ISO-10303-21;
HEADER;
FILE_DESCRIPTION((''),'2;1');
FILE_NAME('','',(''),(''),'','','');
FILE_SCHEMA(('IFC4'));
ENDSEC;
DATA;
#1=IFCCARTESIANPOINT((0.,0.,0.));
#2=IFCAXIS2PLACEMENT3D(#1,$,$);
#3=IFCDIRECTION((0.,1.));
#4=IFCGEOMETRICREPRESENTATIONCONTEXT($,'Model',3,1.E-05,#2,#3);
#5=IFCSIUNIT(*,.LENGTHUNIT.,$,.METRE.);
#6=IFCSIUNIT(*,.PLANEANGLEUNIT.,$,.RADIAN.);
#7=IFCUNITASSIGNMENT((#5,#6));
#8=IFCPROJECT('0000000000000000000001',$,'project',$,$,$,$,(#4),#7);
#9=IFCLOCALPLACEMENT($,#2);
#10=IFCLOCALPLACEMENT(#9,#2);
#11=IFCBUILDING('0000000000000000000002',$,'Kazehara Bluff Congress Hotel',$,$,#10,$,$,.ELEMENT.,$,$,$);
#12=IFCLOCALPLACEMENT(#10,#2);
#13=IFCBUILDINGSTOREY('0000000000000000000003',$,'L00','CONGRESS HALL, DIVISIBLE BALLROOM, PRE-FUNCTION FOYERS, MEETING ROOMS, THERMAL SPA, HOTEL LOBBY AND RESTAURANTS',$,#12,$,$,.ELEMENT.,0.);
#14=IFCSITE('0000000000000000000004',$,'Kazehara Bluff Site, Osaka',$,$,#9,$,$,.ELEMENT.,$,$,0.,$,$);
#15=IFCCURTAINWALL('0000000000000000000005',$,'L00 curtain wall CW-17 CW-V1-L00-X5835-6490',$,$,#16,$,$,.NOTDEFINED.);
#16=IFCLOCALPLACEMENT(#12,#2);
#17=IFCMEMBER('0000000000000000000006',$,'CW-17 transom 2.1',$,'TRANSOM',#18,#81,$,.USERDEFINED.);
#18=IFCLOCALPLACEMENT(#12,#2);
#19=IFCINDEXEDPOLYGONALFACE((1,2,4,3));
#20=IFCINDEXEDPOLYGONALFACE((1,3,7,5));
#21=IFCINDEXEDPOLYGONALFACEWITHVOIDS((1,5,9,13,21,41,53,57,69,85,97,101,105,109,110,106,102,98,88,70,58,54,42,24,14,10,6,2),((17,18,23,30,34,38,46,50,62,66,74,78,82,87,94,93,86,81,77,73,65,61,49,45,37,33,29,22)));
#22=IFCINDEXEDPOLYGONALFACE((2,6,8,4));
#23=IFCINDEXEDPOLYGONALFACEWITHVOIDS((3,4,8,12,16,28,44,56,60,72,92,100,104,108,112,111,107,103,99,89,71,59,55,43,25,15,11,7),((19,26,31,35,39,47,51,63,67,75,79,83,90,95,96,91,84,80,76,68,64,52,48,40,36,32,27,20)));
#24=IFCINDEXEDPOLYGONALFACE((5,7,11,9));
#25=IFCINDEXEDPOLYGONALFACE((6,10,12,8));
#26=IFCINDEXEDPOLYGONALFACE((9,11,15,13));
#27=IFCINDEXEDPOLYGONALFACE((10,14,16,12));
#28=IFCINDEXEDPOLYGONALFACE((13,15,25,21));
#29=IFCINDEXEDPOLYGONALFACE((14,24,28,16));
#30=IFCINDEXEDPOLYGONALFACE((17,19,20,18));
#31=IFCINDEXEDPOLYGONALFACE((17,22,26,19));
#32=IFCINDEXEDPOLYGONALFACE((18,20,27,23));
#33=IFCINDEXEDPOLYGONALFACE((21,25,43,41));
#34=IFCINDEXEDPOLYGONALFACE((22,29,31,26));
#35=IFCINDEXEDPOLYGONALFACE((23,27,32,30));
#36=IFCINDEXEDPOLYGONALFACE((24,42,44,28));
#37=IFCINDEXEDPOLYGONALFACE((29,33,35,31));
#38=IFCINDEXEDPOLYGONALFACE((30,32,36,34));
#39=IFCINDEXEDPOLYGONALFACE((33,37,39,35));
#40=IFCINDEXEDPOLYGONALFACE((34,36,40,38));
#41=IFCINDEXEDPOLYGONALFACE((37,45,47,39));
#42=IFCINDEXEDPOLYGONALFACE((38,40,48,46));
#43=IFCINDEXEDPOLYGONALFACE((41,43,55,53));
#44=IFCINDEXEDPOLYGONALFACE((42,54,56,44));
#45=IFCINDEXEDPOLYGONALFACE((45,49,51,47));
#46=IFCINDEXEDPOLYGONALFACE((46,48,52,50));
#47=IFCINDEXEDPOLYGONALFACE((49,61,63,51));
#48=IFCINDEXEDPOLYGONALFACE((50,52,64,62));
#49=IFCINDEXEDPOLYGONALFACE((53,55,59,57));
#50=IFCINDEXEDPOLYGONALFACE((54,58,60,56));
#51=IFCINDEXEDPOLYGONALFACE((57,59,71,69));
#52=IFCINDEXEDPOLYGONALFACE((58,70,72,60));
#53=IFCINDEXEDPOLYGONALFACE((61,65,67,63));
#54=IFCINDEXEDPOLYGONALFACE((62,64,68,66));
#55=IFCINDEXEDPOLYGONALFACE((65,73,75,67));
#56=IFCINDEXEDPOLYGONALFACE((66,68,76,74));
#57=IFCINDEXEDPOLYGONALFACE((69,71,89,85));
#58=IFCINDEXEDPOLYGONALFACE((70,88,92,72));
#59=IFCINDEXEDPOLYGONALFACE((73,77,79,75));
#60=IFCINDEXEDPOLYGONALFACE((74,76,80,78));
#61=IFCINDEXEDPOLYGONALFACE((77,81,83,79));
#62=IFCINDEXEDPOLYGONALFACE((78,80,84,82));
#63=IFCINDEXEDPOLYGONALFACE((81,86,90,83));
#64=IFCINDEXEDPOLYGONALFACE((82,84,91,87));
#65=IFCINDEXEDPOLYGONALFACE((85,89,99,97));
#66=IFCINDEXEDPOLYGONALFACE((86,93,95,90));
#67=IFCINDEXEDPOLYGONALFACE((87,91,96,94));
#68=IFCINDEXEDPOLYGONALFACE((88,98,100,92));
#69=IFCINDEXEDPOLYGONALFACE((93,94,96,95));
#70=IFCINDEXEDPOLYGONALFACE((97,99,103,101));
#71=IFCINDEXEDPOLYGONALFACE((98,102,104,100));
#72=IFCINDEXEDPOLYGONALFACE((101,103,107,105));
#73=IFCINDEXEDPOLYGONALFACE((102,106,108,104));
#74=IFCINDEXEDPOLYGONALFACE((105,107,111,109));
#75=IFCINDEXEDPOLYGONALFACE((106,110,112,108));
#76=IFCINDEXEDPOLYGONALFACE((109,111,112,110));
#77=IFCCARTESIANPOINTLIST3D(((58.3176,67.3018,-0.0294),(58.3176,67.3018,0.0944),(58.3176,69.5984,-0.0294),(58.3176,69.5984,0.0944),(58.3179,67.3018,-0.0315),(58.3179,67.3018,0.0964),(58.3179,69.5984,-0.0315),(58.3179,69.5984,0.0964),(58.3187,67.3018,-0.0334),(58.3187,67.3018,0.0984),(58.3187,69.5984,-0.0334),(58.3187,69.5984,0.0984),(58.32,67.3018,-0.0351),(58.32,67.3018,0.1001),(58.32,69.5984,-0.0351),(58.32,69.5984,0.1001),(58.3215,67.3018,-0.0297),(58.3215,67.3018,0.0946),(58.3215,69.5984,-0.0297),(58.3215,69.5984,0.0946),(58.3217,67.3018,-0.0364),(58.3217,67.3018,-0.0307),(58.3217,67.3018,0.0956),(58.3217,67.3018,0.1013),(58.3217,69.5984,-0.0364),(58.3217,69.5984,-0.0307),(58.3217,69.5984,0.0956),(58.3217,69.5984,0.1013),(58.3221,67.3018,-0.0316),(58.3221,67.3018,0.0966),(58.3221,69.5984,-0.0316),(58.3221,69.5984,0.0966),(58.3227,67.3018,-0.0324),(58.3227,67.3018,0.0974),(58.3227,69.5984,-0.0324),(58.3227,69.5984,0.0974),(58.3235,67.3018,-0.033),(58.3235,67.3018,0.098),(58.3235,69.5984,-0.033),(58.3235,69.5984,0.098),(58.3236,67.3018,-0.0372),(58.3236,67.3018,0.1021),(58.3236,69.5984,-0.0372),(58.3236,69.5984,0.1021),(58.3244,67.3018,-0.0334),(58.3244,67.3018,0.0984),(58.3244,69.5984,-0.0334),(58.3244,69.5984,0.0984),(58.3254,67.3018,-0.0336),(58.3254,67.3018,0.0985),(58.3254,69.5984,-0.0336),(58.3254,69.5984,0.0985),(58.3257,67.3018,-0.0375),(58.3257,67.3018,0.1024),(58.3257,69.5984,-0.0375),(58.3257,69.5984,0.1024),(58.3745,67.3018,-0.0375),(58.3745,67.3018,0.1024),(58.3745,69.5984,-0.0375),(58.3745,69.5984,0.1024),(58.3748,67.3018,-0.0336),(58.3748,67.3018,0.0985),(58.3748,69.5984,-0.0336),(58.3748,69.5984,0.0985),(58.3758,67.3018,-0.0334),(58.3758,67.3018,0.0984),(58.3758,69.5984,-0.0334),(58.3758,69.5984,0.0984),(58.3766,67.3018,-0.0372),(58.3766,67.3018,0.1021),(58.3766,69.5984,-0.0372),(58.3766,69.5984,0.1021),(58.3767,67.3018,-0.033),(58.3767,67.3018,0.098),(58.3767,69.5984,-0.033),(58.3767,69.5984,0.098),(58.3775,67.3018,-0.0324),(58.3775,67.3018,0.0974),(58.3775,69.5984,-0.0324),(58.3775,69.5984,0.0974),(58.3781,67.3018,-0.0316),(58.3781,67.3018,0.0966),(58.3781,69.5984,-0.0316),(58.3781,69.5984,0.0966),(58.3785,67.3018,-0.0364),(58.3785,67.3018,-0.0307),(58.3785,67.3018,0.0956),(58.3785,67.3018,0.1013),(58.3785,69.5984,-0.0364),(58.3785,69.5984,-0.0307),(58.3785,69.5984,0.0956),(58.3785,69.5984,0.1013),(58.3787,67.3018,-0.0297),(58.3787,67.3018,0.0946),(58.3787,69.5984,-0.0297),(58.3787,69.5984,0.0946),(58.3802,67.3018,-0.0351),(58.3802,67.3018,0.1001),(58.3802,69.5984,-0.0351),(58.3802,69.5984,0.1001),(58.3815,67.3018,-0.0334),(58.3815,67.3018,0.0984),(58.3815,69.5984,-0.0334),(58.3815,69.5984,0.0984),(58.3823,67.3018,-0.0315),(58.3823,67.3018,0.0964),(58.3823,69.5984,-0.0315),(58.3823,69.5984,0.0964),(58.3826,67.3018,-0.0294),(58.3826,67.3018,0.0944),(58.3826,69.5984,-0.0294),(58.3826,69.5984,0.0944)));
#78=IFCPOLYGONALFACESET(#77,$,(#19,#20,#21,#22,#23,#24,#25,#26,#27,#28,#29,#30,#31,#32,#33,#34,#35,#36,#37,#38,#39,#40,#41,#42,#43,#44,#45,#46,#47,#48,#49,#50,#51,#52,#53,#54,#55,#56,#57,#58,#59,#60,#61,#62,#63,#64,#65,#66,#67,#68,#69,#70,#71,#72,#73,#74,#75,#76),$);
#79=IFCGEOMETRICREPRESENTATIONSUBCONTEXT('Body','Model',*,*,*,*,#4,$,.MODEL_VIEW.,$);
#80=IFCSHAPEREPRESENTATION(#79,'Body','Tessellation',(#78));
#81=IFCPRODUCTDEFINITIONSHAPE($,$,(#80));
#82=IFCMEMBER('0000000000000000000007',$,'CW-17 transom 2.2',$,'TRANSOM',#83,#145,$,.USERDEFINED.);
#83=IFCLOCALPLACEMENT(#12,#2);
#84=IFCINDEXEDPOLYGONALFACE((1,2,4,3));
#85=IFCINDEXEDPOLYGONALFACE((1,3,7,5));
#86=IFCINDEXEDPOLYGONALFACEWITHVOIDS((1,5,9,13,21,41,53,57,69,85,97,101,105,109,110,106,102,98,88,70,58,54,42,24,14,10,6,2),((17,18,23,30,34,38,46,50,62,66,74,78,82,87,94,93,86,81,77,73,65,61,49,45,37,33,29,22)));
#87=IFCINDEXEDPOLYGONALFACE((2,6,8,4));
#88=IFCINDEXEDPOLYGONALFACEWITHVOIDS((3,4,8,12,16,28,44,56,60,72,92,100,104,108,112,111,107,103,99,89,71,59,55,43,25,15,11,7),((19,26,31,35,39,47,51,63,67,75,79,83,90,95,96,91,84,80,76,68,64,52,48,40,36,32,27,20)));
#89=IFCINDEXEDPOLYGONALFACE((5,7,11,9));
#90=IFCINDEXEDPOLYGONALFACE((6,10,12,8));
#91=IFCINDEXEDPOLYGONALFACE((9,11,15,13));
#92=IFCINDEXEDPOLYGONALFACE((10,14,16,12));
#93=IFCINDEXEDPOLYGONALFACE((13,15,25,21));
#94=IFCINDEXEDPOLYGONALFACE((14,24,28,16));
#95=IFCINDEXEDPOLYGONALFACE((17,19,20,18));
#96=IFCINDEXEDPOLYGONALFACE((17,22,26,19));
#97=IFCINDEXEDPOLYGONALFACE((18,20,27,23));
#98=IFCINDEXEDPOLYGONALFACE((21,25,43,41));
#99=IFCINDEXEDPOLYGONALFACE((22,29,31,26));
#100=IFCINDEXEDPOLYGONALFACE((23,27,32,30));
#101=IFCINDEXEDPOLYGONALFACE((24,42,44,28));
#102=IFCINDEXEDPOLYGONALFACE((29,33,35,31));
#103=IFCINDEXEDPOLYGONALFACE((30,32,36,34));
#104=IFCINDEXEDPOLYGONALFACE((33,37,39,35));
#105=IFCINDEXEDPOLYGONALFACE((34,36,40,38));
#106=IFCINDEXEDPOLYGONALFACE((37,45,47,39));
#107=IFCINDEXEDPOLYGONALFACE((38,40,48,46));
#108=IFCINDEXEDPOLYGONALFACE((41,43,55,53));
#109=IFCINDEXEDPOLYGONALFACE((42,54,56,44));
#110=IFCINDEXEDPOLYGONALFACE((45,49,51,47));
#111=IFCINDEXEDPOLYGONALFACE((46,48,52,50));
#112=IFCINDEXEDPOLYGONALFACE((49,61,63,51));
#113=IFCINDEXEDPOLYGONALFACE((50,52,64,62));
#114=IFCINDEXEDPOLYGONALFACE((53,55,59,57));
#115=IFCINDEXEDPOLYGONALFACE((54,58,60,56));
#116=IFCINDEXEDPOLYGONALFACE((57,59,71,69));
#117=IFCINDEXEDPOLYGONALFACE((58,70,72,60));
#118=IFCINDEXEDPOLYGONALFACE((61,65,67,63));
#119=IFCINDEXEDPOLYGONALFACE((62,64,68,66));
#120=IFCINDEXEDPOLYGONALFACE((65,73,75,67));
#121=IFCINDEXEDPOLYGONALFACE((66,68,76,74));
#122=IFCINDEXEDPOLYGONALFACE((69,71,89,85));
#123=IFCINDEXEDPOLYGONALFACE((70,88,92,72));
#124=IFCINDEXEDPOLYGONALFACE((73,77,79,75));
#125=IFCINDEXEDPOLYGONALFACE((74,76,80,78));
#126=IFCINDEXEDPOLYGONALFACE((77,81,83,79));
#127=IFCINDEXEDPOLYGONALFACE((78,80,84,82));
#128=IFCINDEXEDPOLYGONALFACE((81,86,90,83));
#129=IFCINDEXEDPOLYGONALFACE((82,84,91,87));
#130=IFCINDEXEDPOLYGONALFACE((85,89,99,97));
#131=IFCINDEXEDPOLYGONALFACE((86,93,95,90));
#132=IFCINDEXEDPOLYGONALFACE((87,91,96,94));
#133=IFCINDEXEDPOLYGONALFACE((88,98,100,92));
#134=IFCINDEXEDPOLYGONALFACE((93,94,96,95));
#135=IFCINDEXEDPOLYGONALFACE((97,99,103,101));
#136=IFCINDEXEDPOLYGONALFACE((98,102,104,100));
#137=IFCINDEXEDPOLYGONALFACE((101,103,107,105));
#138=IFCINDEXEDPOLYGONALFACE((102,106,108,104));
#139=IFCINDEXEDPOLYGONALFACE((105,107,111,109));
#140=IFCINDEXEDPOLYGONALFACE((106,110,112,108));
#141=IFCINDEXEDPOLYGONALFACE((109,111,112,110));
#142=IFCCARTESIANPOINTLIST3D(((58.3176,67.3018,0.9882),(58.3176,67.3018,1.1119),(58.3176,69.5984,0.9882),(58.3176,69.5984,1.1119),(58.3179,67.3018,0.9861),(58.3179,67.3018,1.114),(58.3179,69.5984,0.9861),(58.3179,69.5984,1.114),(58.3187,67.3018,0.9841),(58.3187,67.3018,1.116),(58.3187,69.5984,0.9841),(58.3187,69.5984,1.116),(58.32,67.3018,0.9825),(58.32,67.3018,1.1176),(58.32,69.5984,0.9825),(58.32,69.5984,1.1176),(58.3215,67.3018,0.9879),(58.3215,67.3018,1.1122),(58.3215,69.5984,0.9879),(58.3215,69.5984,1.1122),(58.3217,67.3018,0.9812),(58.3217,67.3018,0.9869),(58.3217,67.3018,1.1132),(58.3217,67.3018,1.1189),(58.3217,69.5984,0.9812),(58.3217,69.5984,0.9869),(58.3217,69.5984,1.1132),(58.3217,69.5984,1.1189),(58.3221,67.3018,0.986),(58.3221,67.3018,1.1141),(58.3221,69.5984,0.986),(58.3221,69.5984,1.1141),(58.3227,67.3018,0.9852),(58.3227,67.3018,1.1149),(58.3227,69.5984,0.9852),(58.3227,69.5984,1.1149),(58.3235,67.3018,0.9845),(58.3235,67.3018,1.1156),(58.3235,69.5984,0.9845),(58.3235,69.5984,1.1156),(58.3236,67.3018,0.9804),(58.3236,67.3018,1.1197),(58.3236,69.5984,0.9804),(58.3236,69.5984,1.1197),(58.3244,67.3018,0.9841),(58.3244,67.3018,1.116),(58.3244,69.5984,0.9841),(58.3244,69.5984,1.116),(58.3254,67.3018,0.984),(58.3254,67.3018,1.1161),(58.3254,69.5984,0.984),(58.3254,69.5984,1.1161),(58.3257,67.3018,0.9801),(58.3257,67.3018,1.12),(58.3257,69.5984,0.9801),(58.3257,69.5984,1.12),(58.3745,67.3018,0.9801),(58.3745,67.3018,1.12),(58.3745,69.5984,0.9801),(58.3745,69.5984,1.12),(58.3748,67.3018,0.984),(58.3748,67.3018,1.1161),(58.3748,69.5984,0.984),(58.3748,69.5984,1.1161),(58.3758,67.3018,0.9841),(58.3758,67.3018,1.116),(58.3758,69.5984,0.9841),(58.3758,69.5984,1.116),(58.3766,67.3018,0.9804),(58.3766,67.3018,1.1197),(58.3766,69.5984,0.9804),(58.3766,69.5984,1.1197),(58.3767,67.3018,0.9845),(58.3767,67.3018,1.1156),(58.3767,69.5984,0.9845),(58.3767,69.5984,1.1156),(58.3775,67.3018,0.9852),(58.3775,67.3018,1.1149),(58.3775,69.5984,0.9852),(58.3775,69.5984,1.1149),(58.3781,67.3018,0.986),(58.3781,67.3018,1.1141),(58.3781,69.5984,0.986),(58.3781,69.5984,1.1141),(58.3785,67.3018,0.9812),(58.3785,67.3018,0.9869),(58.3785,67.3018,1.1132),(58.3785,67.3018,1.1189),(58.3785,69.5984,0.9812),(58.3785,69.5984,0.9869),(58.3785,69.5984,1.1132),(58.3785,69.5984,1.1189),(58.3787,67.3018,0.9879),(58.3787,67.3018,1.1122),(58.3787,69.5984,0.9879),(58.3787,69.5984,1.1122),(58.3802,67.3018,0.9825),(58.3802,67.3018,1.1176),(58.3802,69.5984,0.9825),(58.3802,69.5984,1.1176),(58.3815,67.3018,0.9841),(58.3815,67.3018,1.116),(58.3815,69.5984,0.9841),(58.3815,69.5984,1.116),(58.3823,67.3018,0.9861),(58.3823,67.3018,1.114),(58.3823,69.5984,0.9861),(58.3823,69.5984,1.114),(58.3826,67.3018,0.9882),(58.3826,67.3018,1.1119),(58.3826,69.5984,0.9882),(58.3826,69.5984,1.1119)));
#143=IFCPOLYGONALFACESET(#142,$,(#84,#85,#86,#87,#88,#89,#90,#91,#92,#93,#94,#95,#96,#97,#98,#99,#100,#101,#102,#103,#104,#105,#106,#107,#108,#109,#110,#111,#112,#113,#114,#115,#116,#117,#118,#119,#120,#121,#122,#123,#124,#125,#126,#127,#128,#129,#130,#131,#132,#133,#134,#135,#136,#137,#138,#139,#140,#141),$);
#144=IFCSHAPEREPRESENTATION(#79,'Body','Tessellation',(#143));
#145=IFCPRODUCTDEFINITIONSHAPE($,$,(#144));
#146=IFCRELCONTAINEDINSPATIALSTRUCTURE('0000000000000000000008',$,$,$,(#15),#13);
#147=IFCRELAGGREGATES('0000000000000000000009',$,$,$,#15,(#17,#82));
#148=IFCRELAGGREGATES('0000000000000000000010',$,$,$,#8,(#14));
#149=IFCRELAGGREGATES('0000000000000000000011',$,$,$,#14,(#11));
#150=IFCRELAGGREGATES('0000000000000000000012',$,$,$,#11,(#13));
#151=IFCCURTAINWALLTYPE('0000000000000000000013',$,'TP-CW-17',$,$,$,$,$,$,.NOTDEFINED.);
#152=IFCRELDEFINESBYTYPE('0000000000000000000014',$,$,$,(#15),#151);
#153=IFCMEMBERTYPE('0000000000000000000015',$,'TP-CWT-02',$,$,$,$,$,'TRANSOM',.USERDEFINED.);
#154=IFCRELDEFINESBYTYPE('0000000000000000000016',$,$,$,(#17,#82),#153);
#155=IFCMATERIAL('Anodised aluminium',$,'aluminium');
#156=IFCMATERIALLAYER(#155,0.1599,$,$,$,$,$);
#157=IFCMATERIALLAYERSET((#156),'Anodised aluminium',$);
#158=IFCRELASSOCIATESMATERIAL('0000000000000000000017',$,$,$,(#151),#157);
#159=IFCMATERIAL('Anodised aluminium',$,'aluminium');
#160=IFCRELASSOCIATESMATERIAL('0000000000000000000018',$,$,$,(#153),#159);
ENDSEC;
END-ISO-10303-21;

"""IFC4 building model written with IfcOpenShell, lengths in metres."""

from ifc_helpers import new_model, si_unit, direction, frame, origin, origin_2d, place, context, subcontext, project, spatial, hollow_rectangle, extrude, material, layer, layer_set, material_profile, profile_set, type_object, element, aggregate, save


model = new_model("IFC4")

# Units and contexts
model_context = context("Model", 3, precision=1e-05, world=origin(), true_north=direction((0.0, 1.0)))
body_context = subcontext(model_context, "Body", "Model", "MODEL_VIEW")
ifc_project = project(units=[si_unit("LENGTHUNIT", "METRE"), si_unit("PLANEANGLEUNIT", "RADIAN")], contexts=[model_context])

# Site, building, storey
site_placement = place(None, origin())
site = spatial("IfcSite", under=ifc_project, at=site_placement, Name="Kazehara Bluff Site, Osaka", CompositionType="ELEMENT", RefElevation=0.0)
building_placement = place(site_placement, origin())
building = spatial("IfcBuilding", under=site, at=building_placement, Name="Kazehara Bluff Congress Hotel", CompositionType="ELEMENT")
storey_placement = place(building_placement, origin())
storey = spatial("IfcBuildingStorey", under=building, at=storey_placement, Name="L00", Description="CONGRESS HALL, DIVISIBLE BALLROOM, PRE-FUNCTION FOYERS, MEETING ROOMS, THERMAL SPA, HOTEL LOBBY AND RESTAURANTS", CompositionType="ELEMENT", Elevation=0.0)

# Curtain wall
ifc_material_1 = material(Name="Anodised aluminium", Category="aluminium")
ifc_layer_1 = layer(ifc_material_1, 0.1599)
ifc_layer_set_1 = layer_set([ifc_layer_1], Name="Anodised aluminium")
curtain_wall_type = type_object("IfcCurtainWallType", Name="TP-CW-17", PredefinedType="NOTDEFINED", material=ifc_layer_set_1)
curtain_wall_1_placement = place(storey_placement, origin())
curtain_wall_1 = element("IfcCurtainWall", 1, at=curtain_wall_1_placement, inside=storey, type_object=curtain_wall_type, Name="L00 curtain wall CW-17 CW-V1-L00-X5835-6490", PredefinedType="NOTDEFINED")

# Members
ifc_material_2 = material(Name="Anodised aluminium", Category="aluminium")
ifc_material_profile_1 = material_profile(ifc_material_2, hollow_rectangle(XDim=0.0649, YDim=0.1399, WallThickness=0.0039, InnerFilletRadius=0.0039, OuterFilletRadius=0.0081, at=origin_2d()))
ifc_profile_set_1 = profile_set([ifc_material_profile_1], Name="Anodised aluminium")
member_type_1 = type_object("IfcMemberType", Name="TP-CWT-02", ElementType="TRANSOM", PredefinedType="USERDEFINED", material=ifc_profile_set_1)
member_1_placement = place(storey_placement, frame((58.3501, 67.3018, 0.0325), z_axis=(0.0, 1.0, 0.0), x_axis=(-1.0, 0.0, 0.0)))
member_1 = element("IfcMember", 2, at=member_1_placement, type_object=member_type_1, Name="CW-17 transom 2.1", ObjectType="TRANSOM", PredefinedType="USERDEFINED", context=body_context, shape_type="SweptSolid", body=[
    extrude(hollow_rectangle(XDim=0.0649, YDim=0.1399, WallThickness=0.0039, InnerFilletRadius=0.0039, OuterFilletRadius=0.0081, at=origin_2d()), origin(), (0.0, 0.0, 1.0), 2.2966),
])
member_2_placement = place(storey_placement, frame((58.3501, 67.3018, 1.05), z_axis=(0.0, 1.0, 0.0), x_axis=(-1.0, 0.0, 0.0)))
member_2 = element("IfcMember", 3, at=member_2_placement, type_object=member_type_1, Name="CW-17 transom 2.2", ObjectType="TRANSOM", PredefinedType="USERDEFINED", context=body_context, shape_type="SweptSolid", body=[
    extrude(hollow_rectangle(XDim=0.0649, YDim=0.1399, WallThickness=0.0039, InnerFilletRadius=0.0039, OuterFilletRadius=0.0081, at=origin_2d()), origin(), (0.0, 0.0, 1.0), 2.2966),
])

aggregate(curtain_wall_1, [member_1, member_2])

save(model, "model.ifc")
